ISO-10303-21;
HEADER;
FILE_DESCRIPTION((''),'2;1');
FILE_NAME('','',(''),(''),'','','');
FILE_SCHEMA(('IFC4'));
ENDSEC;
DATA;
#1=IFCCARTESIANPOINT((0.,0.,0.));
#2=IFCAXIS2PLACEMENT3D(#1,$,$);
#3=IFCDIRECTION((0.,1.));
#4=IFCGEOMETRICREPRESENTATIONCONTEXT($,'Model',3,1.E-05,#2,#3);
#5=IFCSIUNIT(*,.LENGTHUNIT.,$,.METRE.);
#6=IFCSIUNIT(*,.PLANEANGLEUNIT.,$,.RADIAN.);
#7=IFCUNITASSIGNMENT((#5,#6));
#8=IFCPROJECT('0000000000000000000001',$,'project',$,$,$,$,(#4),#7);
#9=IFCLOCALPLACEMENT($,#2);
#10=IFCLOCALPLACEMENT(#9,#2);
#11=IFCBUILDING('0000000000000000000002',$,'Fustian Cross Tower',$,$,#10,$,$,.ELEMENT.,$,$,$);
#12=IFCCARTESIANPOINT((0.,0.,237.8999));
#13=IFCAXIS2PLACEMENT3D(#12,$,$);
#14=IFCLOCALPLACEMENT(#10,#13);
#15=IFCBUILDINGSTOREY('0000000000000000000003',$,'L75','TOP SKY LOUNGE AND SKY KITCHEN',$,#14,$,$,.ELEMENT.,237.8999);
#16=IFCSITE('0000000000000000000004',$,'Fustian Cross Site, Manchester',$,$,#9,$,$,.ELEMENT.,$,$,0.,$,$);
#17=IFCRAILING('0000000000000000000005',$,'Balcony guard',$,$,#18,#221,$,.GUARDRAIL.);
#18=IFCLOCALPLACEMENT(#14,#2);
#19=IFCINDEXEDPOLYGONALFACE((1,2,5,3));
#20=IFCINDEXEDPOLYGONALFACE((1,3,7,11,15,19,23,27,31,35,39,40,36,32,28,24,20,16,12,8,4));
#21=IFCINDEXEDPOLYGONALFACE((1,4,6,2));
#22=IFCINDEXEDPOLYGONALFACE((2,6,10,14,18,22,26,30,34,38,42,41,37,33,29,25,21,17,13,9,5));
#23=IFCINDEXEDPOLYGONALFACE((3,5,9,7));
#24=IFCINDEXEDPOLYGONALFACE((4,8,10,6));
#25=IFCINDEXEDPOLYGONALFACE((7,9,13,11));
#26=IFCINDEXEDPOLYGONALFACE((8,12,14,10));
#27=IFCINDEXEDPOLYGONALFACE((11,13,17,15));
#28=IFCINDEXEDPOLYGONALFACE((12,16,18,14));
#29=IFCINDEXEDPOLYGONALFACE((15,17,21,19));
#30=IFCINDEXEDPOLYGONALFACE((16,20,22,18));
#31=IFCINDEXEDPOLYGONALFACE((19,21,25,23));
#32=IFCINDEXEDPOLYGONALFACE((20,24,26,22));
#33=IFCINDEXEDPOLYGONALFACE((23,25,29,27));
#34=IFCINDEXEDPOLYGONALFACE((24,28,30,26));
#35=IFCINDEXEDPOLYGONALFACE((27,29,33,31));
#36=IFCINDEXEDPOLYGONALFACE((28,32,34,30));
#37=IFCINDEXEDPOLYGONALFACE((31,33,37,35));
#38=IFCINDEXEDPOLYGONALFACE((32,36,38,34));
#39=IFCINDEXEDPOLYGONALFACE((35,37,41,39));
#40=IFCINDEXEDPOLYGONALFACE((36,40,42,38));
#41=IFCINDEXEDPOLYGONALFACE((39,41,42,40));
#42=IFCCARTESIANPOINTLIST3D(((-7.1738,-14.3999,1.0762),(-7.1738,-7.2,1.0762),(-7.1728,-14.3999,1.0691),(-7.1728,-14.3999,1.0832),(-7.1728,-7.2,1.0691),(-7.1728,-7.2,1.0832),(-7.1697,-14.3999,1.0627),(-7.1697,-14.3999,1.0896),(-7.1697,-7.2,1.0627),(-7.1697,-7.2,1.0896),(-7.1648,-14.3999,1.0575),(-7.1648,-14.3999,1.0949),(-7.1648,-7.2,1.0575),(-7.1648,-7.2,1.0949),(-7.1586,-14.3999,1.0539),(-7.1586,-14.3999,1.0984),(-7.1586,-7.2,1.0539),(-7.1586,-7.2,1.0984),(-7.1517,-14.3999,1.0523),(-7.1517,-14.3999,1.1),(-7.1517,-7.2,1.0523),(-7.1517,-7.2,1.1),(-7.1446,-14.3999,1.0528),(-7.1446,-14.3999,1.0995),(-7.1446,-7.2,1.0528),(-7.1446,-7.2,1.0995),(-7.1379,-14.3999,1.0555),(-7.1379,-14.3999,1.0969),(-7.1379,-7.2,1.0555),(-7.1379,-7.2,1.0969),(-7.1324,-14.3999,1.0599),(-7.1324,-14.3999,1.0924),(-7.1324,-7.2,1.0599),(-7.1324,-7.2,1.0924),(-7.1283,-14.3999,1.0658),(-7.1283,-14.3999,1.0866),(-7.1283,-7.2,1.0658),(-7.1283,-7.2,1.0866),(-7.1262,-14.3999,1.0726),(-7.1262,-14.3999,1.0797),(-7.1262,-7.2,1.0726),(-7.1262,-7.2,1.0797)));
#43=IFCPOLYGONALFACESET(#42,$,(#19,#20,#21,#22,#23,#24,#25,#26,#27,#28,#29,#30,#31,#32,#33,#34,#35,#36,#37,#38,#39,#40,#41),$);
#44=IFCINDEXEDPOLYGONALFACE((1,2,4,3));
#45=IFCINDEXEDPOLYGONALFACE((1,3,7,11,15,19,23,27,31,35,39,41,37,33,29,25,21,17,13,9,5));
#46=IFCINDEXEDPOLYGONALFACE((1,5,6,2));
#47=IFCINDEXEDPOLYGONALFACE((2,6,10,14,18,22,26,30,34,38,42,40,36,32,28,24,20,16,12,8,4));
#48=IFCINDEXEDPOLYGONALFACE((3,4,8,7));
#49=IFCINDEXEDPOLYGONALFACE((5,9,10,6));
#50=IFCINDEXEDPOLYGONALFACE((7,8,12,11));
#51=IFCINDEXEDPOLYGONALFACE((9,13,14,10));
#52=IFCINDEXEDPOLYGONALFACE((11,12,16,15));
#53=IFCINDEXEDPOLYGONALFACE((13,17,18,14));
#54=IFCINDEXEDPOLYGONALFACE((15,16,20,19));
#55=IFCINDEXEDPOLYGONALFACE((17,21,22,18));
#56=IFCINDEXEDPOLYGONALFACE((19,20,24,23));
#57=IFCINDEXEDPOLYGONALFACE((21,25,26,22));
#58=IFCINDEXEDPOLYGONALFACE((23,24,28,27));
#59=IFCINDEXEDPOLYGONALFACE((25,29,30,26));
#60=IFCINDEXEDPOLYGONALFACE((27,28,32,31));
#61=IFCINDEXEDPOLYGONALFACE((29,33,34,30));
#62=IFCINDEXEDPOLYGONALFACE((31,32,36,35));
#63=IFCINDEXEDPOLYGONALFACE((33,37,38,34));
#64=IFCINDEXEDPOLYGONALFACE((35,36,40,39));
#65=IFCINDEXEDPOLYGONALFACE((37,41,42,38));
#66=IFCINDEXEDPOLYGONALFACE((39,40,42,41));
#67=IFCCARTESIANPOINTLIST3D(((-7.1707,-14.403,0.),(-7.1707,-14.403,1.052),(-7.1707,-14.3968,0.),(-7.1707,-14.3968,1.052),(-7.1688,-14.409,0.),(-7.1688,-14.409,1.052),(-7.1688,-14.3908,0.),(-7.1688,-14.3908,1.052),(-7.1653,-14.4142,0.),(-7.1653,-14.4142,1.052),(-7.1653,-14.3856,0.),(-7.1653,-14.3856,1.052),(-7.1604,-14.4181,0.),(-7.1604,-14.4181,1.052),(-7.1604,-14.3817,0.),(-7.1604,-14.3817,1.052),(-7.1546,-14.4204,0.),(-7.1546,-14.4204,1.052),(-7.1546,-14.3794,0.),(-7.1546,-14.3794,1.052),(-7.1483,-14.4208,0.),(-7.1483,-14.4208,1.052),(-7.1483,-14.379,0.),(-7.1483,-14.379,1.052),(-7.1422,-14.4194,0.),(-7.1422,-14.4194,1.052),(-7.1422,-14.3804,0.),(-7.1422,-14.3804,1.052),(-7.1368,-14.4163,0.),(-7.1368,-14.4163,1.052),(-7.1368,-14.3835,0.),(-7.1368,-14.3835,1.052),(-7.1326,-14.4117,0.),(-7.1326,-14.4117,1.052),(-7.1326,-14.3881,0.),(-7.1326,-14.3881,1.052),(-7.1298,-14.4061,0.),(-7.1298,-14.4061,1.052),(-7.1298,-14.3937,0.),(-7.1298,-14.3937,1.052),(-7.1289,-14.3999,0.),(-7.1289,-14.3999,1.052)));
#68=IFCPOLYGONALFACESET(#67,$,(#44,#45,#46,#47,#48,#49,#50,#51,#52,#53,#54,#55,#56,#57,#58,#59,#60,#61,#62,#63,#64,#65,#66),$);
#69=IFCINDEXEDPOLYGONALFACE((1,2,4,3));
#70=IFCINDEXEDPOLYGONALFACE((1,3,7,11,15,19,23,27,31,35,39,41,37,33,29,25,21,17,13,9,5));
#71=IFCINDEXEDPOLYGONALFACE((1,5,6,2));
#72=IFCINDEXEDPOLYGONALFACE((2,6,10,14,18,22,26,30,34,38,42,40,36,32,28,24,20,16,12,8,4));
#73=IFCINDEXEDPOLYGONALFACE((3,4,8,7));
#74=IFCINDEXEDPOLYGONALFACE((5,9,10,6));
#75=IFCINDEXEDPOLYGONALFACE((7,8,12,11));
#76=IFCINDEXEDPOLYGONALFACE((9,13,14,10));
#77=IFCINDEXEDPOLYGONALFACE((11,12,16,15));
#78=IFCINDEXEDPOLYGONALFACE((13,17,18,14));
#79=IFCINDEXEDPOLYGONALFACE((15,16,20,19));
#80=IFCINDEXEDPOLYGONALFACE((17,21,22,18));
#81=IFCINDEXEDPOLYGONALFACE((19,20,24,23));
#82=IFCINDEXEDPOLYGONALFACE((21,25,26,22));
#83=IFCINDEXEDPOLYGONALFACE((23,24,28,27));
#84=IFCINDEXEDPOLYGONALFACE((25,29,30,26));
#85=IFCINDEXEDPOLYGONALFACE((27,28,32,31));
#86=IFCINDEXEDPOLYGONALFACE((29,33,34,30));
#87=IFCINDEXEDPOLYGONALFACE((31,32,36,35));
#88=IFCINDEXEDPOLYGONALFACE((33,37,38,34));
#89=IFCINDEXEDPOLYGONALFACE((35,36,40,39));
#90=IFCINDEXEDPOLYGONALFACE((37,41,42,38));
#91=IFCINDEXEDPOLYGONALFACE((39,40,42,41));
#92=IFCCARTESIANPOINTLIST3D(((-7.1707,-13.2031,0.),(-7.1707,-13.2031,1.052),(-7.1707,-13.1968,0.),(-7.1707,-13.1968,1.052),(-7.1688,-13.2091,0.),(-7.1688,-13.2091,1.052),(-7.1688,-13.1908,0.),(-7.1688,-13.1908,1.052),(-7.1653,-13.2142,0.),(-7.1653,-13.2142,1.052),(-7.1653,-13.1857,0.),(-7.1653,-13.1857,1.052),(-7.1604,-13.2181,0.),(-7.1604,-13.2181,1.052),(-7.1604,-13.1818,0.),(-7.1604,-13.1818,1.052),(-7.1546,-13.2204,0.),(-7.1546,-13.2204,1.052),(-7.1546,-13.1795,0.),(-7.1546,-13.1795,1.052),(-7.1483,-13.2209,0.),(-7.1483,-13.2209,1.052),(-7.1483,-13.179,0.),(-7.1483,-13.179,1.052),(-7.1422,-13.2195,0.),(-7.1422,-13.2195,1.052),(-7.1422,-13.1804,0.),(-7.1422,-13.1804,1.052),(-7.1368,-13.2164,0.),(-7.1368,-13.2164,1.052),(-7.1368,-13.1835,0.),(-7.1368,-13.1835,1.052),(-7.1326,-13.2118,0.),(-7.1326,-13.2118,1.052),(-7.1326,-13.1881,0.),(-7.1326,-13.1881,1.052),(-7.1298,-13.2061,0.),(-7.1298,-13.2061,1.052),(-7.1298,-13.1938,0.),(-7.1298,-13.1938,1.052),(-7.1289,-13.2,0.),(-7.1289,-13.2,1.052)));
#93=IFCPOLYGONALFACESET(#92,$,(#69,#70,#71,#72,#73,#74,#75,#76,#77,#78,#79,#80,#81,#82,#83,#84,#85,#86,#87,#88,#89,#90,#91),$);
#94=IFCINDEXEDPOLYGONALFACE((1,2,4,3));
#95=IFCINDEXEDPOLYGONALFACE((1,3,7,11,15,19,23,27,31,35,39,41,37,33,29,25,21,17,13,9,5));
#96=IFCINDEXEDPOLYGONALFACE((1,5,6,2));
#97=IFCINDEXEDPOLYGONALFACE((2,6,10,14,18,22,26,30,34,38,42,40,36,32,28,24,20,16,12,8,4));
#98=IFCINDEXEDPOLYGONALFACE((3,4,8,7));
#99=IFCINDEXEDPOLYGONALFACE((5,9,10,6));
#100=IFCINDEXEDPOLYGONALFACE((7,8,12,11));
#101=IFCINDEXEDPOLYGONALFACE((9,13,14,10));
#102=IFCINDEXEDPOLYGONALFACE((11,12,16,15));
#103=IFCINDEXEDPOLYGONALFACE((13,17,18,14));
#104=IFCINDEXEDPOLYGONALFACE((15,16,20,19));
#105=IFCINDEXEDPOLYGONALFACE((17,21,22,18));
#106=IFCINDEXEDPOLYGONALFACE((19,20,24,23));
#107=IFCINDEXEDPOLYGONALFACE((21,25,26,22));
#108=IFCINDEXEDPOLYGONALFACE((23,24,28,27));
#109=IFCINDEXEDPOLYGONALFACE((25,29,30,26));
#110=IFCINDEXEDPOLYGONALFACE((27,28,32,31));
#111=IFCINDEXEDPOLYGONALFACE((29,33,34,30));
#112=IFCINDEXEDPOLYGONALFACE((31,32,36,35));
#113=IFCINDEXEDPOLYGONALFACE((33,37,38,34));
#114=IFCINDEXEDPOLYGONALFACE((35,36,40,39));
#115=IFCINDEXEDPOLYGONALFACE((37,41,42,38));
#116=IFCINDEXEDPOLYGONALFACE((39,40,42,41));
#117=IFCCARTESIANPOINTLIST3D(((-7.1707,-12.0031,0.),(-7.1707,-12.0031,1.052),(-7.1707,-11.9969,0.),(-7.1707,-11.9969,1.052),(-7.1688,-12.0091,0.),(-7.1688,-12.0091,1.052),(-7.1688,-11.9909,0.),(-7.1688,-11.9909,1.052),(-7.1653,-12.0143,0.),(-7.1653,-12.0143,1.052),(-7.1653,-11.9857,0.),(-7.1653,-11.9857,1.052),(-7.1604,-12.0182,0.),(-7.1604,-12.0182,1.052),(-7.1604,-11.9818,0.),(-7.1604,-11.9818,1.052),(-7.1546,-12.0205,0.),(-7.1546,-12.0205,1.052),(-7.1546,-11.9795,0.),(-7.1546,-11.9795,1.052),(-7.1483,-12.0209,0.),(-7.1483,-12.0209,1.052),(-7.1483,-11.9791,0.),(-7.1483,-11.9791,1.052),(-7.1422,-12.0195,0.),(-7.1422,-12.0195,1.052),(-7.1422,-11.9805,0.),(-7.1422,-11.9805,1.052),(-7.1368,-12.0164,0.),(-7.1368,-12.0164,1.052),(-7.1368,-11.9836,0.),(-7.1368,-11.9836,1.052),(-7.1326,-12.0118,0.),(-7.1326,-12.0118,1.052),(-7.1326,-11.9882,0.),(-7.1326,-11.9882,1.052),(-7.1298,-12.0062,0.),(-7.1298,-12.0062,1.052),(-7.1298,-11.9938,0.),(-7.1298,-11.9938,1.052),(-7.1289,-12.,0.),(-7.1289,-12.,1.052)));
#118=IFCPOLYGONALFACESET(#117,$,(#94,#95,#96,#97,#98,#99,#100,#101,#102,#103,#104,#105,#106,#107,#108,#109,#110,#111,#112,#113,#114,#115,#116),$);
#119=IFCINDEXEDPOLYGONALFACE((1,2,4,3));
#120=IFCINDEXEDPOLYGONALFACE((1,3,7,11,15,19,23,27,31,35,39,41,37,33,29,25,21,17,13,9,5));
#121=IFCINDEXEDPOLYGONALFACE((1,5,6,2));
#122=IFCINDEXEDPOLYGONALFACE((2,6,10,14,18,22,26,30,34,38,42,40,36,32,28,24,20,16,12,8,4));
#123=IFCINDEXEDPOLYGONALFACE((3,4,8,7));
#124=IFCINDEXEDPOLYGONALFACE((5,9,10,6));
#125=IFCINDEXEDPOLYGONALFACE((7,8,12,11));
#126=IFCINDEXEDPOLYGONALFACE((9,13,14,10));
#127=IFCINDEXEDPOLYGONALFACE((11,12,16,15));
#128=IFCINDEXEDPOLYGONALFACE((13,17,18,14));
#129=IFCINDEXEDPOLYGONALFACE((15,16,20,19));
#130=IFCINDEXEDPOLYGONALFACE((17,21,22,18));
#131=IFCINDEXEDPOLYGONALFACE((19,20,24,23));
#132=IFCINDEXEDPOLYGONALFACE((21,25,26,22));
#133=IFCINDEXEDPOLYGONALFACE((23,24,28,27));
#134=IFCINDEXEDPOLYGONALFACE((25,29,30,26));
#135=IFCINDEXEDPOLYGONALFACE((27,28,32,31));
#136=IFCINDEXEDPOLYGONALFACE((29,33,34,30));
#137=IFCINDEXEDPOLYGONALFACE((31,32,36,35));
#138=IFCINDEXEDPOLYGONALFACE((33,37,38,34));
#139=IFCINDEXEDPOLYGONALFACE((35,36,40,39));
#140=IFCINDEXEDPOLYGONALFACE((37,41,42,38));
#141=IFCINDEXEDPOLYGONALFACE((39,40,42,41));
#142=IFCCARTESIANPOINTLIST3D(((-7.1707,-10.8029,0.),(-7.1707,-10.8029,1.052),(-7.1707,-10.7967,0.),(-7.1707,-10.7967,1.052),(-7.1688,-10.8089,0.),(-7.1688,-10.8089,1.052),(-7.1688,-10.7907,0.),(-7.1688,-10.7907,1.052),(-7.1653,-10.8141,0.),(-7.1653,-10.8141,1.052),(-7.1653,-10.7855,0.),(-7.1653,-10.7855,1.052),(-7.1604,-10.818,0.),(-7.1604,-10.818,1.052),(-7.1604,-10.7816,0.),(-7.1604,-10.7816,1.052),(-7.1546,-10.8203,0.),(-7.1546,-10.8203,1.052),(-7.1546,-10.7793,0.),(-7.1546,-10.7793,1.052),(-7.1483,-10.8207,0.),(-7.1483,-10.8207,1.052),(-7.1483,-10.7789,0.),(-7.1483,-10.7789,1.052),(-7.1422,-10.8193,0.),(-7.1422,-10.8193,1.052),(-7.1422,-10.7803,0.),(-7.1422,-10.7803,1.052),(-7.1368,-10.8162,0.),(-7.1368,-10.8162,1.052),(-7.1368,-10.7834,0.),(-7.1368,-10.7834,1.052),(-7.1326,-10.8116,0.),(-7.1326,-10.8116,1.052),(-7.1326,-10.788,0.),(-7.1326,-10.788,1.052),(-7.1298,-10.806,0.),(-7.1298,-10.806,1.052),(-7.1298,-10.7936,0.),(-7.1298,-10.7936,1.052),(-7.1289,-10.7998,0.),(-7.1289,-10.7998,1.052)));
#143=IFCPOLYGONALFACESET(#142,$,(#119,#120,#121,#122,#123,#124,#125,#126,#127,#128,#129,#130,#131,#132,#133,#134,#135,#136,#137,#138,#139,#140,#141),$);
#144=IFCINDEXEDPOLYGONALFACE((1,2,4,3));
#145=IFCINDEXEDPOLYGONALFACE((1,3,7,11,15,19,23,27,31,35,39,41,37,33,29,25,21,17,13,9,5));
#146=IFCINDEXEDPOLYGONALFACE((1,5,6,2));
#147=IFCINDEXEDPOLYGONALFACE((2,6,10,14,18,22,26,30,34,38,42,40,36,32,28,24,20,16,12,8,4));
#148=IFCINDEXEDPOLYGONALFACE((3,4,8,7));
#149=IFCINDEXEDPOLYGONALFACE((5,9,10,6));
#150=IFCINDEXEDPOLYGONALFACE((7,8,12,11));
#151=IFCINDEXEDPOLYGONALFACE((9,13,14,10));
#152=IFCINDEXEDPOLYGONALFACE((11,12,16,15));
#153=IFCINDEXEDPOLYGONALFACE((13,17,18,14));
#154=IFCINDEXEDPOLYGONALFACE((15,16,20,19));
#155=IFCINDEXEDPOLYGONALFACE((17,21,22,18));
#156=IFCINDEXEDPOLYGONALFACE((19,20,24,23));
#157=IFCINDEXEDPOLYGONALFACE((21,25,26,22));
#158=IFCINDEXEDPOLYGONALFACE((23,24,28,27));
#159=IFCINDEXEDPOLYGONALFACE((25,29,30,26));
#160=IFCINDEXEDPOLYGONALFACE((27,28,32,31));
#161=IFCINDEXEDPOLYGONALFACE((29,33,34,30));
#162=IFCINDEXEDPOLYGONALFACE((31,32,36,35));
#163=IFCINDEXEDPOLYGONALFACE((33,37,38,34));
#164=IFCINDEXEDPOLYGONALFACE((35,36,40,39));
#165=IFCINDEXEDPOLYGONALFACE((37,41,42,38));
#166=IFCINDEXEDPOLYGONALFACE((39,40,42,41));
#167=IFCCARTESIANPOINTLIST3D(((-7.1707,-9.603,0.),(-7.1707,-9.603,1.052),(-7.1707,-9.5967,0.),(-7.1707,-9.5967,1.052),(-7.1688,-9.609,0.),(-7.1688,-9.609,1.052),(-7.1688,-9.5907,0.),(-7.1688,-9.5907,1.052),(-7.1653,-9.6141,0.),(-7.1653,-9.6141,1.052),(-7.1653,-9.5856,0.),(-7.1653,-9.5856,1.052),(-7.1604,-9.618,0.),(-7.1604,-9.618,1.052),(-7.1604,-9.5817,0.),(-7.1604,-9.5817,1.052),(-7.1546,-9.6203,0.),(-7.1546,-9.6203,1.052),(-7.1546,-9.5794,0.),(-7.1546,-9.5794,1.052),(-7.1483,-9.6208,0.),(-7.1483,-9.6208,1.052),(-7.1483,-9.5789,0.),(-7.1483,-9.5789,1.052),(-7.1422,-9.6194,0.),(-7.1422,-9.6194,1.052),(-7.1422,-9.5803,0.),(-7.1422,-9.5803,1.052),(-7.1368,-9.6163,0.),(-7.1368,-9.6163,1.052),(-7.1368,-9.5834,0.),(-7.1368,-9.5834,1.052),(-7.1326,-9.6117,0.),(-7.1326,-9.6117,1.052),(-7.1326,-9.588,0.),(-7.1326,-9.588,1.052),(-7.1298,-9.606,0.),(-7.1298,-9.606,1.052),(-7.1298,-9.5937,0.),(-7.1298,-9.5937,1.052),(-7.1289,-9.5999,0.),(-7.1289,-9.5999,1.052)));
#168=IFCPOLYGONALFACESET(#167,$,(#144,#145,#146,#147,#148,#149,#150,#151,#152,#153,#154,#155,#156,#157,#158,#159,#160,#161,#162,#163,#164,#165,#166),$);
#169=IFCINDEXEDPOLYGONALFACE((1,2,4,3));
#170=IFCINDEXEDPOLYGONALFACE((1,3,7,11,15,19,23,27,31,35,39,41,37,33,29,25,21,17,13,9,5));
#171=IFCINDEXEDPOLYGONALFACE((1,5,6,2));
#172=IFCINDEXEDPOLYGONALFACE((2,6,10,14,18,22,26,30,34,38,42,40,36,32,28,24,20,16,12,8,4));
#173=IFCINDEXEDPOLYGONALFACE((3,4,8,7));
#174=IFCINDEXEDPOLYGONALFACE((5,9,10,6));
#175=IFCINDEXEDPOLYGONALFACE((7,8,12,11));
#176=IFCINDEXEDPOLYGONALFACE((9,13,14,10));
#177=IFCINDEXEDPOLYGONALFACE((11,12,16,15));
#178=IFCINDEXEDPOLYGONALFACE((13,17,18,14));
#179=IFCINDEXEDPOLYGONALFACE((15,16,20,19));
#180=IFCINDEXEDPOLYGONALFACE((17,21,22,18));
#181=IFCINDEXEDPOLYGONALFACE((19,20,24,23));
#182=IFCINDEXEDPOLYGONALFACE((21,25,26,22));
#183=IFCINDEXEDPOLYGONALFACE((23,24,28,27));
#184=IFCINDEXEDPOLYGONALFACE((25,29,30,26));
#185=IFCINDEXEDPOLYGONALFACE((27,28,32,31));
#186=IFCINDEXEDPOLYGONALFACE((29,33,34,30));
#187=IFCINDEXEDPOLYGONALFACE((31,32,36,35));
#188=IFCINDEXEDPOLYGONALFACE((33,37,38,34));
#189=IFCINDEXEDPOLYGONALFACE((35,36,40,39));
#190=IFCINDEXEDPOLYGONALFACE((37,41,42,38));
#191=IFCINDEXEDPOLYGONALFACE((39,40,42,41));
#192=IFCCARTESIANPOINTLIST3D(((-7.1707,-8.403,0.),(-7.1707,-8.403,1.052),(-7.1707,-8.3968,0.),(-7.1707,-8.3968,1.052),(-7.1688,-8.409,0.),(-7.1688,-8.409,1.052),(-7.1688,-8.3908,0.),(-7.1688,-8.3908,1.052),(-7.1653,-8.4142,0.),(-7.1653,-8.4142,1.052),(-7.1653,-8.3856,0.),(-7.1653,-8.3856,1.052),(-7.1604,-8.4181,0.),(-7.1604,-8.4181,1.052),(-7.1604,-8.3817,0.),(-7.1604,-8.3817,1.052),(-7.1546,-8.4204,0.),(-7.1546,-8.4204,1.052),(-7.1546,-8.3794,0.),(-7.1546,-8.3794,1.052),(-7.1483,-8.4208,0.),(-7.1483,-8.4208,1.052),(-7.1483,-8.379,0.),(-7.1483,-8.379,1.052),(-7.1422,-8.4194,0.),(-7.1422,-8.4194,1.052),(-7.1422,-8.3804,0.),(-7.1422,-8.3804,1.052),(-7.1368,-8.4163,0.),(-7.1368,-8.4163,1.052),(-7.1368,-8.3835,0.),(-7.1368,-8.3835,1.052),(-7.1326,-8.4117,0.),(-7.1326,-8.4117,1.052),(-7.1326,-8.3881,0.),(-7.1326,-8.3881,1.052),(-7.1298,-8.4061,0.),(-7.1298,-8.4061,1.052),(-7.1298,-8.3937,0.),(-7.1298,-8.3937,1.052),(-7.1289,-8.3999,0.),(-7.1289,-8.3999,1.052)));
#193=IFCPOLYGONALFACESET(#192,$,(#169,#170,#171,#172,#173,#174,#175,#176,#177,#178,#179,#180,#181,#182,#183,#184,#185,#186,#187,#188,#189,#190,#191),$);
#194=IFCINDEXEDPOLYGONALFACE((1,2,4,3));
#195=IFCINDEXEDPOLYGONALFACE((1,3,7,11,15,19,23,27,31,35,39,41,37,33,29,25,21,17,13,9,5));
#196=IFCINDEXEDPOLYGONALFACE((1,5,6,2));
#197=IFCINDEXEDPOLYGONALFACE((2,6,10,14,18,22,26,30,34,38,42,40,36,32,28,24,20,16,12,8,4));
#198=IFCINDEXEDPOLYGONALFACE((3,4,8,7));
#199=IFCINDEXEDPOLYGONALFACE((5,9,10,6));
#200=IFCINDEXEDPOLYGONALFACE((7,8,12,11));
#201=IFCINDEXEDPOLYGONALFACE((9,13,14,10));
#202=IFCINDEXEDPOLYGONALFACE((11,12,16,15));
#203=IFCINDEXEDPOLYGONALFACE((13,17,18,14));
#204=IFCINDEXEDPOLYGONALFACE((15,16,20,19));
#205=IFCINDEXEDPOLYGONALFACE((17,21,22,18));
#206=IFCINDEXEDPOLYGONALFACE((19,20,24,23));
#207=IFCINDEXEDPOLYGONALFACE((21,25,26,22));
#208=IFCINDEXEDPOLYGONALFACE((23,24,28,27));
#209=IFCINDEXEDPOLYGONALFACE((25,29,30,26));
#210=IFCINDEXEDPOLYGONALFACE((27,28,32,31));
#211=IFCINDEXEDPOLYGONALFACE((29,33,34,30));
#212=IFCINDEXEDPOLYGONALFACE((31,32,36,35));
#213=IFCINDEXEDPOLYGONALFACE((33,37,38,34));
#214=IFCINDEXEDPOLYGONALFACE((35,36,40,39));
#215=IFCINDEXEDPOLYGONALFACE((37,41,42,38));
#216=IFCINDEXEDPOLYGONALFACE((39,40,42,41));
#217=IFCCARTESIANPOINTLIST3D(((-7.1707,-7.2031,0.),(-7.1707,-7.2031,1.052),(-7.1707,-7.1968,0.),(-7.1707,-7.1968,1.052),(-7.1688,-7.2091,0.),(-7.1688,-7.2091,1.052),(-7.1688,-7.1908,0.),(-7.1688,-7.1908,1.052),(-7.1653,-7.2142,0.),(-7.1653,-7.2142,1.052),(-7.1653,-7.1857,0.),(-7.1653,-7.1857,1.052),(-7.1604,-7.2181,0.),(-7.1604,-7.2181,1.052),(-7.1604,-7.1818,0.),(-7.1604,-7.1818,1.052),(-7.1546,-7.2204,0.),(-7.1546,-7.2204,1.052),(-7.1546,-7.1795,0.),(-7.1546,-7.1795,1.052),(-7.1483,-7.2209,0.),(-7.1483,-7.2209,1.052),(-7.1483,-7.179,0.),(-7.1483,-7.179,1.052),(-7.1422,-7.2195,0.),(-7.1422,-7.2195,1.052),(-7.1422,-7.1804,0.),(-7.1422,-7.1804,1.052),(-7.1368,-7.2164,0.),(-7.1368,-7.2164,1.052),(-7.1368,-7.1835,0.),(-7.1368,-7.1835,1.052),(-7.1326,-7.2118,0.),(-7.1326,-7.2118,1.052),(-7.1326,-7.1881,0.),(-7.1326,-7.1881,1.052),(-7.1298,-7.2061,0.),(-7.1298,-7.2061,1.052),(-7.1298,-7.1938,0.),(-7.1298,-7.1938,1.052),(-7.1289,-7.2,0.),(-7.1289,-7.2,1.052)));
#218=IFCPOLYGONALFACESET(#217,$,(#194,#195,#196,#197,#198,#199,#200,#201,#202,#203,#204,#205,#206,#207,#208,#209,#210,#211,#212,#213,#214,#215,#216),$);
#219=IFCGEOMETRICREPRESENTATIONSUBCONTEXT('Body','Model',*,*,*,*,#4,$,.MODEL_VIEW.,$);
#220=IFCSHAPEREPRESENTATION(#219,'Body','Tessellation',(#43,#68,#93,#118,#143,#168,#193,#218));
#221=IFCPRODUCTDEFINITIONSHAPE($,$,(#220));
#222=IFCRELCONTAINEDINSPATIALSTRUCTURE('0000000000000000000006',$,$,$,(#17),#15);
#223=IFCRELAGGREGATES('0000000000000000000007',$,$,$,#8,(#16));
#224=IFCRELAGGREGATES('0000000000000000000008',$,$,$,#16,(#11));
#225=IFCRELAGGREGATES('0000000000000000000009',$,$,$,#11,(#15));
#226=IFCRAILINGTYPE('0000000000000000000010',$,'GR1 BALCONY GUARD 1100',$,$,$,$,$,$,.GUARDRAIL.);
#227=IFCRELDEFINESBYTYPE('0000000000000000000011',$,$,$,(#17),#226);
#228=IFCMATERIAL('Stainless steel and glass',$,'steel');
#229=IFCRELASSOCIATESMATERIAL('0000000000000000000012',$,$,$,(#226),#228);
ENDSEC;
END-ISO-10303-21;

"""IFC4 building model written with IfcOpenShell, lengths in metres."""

from ifc_helpers import new_model, si_unit, direction, frame, origin, origin_2d, place, context, subcontext, project, spatial, circle, extrude, material, type_object, element, save


model = new_model("IFC4")

# Units and contexts
model_context = context("Model", 3, precision=1e-05, world=origin(), true_north=direction((0.0, 1.0)))
body_context = subcontext(model_context, "Body", "Model", "MODEL_VIEW")
ifc_project = project(units=[si_unit("LENGTHUNIT", "METRE"), si_unit("PLANEANGLEUNIT", "RADIAN")], contexts=[model_context])

# Site, building, storey
site_placement = place(None, origin())
site = spatial("IfcSite", under=ifc_project, at=site_placement, Name="Fustian Cross Site, Manchester", CompositionType="ELEMENT", RefElevation=0.0)
building_placement = place(site_placement, origin())
building = spatial("IfcBuilding", under=site, at=building_placement, Name="Fustian Cross Tower", CompositionType="ELEMENT")
storey_placement = place(building_placement, frame((0.0, 0.0, 237.8999)))
storey = spatial("IfcBuildingStorey", under=building, at=storey_placement, Name="L75", Description="TOP SKY LOUNGE AND SKY KITCHEN", CompositionType="ELEMENT", Elevation=237.8999)

# Railing
ifc_material_1 = material(Name="Stainless steel and glass", Category="steel")
railing_type = type_object("IfcRailingType", Name="GR1 BALCONY GUARD 1100", PredefinedType="GUARDRAIL", material=ifc_material_1)
railing_placement = place(storey_placement, frame((-7.1499, -14.3999, 0.0)))
element("IfcRailing", 1, at=railing_placement, inside=storey, type_object=railing_type, Name="Balcony guard", PredefinedType="GUARDRAIL", context=body_context, shape_type="SweptSolid", body=[
    extrude(circle(Radius=0.0239, at=origin_2d()), frame((0.0, 0.0, 1.0762), z_axis=(0.0, 1.0, 0.0), x_axis=(-1.0, 0.0, 0.0)), (0.0, 0.0, 1.0), 7.2),
    extrude(circle(Radius=0.021, at=origin_2d()), origin(), (0.0, 0.0, 1.0), 1.052),
    extrude(circle(Radius=0.021, at=origin_2d()), frame((0.0, 1.2, 0.0)), (0.0, 0.0, 1.0), 1.052),
    extrude(circle(Radius=0.021, at=origin_2d()), frame((0.0, 2.3999, 0.0)), (0.0, 0.0, 1.0), 1.052),
    extrude(circle(Radius=0.021, at=origin_2d()), frame((0.0, 3.6001, 0.0)), (0.0, 0.0, 1.0), 1.052),
    extrude(circle(Radius=0.021, at=origin_2d()), frame((0.0, 4.8, 0.0)), (0.0, 0.0, 1.0), 1.052),
    extrude(circle(Radius=0.021, at=origin_2d()), frame((0.0, 6.0, 0.0)), (0.0, 0.0, 1.0), 1.052),
    extrude(circle(Radius=0.021, at=origin_2d()), frame((0.0, 7.2, 0.0)), (0.0, 0.0, 1.0), 1.052),
])

save(model, "model.ifc")
